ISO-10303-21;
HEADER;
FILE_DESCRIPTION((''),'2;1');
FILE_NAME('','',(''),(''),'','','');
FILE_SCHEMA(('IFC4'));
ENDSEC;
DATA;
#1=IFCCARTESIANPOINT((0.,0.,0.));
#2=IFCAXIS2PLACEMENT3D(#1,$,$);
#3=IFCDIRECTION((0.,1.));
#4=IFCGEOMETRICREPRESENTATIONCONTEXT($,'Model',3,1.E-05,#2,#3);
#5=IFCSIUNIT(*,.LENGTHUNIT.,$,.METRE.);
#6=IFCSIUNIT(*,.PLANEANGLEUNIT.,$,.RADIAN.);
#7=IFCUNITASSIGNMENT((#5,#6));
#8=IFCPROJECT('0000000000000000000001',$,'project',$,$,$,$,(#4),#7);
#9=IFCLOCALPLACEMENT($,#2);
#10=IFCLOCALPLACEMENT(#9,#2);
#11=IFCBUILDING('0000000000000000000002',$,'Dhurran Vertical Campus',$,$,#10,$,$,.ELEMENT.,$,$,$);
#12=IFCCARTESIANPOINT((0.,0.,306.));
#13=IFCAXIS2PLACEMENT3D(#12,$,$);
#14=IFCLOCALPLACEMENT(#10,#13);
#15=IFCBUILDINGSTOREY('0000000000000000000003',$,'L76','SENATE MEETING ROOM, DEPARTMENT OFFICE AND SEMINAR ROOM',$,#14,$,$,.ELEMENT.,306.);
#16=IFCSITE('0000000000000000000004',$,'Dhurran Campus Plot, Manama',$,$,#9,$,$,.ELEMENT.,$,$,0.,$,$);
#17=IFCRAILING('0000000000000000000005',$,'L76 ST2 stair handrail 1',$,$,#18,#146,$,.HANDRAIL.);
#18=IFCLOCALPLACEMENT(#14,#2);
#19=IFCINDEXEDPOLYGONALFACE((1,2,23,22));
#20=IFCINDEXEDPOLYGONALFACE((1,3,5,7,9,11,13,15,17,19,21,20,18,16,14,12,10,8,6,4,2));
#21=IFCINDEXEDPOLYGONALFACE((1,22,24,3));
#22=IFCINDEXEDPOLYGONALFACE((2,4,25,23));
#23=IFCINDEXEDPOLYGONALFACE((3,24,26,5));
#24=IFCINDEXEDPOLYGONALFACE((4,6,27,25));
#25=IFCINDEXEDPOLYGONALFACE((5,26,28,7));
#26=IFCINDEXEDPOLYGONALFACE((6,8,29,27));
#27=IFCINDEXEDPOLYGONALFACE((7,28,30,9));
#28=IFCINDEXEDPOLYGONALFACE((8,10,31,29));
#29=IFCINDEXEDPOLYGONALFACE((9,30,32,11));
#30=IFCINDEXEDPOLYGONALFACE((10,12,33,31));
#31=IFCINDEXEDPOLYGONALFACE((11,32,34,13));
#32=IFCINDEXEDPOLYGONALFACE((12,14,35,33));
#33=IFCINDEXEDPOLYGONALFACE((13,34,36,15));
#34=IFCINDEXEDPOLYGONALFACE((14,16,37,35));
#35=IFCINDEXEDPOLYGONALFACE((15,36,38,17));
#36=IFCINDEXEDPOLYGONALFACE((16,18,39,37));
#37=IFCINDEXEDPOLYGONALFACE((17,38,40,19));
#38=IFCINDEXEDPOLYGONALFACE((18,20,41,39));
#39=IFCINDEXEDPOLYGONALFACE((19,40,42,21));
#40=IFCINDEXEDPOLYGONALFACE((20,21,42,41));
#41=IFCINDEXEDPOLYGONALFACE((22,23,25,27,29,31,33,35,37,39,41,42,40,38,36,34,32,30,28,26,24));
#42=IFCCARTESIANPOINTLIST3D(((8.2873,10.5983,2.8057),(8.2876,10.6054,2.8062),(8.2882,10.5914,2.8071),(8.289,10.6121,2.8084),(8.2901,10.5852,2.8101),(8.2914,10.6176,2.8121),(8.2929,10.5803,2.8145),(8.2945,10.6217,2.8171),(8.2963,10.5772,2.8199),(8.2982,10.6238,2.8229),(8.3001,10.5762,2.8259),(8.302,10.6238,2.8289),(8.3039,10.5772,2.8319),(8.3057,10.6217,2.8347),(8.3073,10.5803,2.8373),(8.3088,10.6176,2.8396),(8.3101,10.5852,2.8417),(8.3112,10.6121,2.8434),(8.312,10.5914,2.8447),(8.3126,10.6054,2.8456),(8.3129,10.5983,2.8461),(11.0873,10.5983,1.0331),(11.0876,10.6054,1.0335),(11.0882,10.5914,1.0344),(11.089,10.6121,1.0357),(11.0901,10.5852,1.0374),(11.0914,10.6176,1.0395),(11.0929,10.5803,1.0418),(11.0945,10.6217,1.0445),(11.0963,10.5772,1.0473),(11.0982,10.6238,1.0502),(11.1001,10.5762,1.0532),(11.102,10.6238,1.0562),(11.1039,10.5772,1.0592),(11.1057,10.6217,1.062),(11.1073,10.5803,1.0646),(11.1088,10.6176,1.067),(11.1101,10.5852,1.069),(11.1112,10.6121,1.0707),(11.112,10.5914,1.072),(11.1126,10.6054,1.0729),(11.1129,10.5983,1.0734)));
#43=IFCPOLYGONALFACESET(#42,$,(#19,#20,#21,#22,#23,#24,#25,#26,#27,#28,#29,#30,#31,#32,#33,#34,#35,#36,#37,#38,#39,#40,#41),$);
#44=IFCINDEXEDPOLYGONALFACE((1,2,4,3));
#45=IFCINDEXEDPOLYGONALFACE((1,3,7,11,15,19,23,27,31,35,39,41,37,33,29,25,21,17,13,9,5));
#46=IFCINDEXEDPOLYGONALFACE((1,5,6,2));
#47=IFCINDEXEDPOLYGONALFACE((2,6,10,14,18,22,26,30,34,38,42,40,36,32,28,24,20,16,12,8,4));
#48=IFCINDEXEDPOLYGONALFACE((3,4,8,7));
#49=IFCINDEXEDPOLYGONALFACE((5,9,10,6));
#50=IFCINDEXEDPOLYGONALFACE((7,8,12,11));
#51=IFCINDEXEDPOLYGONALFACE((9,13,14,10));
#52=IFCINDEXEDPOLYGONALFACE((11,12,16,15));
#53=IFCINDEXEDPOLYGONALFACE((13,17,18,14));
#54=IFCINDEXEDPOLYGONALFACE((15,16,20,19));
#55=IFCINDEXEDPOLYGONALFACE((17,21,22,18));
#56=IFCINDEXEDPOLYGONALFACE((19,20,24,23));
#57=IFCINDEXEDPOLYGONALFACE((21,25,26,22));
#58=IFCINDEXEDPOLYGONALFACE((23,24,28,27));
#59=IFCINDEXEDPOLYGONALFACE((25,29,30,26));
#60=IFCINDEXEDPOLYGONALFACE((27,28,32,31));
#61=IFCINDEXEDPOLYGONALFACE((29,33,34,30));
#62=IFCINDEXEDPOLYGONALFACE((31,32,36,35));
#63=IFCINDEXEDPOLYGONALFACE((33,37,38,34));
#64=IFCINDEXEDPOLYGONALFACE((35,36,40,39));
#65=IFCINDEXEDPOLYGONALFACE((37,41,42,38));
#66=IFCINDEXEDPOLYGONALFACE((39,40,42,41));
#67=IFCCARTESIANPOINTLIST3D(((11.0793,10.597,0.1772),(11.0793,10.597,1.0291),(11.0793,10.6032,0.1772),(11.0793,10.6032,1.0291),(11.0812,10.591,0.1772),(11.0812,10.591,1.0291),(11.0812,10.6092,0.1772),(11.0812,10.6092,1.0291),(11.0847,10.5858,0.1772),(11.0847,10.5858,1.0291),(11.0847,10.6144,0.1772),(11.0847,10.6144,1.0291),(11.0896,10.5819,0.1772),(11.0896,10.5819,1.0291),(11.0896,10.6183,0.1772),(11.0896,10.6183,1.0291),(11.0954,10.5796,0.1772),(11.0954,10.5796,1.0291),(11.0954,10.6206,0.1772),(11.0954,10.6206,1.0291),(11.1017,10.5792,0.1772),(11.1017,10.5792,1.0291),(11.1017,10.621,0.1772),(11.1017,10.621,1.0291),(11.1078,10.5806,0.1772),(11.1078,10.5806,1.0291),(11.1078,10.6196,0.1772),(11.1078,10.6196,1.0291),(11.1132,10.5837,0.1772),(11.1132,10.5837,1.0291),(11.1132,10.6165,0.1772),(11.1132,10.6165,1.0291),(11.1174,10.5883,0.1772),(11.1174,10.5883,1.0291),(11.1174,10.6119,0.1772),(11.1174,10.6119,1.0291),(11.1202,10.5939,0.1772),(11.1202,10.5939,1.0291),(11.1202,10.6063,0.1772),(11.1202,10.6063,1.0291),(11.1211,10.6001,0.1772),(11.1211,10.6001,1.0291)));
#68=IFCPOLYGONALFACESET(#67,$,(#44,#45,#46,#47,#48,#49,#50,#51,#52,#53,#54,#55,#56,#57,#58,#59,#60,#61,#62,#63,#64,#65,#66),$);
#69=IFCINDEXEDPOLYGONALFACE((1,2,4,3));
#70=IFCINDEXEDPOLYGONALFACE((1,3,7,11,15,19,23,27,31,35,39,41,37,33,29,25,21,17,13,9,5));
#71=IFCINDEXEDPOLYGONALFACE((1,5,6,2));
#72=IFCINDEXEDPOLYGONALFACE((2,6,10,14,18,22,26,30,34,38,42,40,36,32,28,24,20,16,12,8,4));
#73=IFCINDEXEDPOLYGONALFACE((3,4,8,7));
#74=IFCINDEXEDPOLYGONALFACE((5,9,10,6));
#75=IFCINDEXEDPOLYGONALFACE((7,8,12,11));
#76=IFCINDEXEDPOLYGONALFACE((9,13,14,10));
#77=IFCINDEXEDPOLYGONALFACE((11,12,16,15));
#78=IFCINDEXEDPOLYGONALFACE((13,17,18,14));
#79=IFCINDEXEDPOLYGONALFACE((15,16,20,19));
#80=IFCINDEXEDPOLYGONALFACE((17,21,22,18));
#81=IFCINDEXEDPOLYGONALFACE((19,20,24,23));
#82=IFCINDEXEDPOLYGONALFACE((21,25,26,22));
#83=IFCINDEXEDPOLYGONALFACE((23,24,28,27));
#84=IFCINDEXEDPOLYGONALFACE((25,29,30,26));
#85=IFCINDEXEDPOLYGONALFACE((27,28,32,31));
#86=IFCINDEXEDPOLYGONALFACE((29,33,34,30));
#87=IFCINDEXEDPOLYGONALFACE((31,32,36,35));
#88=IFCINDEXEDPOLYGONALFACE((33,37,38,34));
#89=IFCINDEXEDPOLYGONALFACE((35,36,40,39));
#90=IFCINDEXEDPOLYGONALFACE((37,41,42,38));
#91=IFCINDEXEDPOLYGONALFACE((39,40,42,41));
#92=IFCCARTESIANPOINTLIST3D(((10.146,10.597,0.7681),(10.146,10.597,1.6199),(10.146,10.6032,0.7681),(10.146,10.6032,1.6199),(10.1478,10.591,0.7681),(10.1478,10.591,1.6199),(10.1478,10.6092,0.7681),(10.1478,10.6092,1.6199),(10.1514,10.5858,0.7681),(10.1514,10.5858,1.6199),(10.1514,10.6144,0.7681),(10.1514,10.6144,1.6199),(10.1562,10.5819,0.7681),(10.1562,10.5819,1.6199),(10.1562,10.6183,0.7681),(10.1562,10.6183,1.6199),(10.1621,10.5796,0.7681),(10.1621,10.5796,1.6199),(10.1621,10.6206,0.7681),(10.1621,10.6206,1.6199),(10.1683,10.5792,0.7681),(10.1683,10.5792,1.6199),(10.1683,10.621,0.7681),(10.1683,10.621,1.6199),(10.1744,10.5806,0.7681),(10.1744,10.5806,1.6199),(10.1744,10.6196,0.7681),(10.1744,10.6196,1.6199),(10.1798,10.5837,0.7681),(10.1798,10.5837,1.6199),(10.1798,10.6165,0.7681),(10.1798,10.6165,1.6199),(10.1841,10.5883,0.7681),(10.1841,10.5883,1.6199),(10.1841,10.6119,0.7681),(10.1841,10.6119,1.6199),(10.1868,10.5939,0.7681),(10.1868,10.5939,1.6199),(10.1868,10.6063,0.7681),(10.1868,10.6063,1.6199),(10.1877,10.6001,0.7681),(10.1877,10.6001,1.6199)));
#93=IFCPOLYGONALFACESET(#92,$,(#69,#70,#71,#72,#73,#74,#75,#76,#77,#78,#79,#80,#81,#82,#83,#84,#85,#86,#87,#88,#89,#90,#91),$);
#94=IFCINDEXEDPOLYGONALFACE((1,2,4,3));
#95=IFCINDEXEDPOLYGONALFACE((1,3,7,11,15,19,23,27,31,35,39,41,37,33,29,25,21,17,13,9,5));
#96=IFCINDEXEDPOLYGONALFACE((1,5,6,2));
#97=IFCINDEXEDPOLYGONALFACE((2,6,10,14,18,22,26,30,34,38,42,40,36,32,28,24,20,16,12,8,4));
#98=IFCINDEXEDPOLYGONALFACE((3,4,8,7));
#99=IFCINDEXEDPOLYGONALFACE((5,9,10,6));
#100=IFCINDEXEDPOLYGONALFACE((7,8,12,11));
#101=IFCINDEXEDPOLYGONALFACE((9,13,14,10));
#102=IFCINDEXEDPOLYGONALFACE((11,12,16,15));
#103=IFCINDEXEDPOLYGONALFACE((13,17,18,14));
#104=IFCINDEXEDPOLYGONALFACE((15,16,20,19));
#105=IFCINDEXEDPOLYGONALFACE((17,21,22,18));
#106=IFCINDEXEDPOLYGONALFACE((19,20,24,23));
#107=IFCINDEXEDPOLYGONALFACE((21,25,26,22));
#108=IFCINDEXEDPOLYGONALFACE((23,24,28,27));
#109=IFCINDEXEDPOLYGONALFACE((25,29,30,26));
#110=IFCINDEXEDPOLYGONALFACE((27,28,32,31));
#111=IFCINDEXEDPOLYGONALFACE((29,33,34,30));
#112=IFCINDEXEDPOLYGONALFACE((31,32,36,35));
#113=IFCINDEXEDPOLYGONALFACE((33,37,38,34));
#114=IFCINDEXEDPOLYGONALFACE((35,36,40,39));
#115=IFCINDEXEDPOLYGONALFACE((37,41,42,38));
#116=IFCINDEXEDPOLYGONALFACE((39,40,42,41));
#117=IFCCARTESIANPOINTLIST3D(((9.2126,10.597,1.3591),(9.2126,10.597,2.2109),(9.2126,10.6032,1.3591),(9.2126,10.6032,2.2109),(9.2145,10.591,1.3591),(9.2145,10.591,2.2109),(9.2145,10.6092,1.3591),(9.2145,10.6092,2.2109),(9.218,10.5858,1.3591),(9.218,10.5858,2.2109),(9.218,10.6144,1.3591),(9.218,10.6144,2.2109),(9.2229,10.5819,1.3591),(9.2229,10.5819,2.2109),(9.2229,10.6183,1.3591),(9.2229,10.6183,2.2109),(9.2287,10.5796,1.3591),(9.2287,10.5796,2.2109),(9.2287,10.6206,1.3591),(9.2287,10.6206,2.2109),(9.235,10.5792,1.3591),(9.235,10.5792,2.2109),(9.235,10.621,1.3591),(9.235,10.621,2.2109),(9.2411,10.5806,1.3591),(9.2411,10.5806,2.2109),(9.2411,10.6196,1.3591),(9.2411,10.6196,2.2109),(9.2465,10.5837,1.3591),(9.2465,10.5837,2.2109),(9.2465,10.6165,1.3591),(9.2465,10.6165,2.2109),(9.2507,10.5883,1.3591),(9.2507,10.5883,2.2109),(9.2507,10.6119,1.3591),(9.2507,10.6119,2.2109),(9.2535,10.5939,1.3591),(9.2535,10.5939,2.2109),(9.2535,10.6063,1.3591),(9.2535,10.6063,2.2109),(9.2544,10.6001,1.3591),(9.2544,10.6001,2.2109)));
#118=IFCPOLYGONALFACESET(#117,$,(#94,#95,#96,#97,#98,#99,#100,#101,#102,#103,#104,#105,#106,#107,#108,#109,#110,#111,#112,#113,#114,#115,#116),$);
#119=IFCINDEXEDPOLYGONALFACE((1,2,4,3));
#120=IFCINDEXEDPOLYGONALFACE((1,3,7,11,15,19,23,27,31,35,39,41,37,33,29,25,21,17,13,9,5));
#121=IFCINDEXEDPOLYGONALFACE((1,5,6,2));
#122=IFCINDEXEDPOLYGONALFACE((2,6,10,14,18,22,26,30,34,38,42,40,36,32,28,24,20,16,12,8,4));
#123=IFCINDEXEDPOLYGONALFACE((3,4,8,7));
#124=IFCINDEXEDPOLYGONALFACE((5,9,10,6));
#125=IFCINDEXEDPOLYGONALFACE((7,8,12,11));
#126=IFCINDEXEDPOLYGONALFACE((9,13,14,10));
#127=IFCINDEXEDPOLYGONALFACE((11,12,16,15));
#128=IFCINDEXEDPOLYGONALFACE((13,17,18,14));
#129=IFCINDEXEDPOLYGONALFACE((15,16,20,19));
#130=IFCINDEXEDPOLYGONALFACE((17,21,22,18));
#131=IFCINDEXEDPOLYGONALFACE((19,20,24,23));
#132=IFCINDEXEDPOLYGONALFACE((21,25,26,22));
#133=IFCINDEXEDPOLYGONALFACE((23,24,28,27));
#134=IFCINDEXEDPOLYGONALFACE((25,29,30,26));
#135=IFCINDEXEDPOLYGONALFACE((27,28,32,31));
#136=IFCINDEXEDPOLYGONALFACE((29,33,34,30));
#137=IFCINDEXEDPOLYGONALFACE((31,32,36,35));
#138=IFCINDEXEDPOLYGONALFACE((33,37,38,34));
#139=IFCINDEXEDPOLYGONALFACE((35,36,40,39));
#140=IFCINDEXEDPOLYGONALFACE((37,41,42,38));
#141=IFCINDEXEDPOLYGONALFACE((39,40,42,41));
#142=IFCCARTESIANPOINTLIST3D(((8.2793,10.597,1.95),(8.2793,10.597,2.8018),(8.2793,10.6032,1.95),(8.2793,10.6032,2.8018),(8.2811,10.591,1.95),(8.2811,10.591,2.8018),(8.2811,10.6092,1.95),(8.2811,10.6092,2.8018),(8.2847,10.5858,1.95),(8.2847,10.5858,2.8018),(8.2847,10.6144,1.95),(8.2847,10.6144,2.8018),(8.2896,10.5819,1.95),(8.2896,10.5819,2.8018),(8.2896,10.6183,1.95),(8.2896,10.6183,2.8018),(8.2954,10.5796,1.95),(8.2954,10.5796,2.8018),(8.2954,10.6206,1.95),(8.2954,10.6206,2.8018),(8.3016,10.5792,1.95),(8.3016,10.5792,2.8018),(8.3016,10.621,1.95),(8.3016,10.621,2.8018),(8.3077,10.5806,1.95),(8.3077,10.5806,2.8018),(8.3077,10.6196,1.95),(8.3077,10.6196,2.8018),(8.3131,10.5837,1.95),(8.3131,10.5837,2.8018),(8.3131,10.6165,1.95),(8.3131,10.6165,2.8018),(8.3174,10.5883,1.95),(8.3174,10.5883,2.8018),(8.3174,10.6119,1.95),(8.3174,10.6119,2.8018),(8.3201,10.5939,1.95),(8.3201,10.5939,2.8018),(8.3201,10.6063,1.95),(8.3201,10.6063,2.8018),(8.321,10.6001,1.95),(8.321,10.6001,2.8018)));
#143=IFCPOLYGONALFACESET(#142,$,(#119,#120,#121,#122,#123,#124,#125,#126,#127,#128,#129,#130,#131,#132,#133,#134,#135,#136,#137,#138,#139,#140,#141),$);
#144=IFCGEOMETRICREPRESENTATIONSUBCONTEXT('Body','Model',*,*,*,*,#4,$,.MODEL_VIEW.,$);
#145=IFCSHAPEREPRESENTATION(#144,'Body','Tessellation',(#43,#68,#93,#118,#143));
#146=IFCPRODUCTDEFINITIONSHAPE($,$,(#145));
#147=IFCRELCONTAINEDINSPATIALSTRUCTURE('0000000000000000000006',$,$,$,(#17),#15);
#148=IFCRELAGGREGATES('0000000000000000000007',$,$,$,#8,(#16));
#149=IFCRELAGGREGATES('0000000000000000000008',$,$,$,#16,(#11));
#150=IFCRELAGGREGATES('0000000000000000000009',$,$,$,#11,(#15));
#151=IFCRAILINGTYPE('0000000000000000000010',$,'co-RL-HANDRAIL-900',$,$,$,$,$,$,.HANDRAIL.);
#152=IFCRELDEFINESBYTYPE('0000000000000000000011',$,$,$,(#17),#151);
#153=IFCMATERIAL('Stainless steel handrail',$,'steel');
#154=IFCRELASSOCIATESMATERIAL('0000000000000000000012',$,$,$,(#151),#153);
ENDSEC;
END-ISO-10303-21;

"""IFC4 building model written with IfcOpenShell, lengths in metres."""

from ifc_helpers import new_model, si_unit, direction, frame, origin, origin_2d, place, context, subcontext, project, spatial, circle, extrude, material, type_object, element, save


model = new_model("IFC4")

# Units and contexts
model_context = context("Model", 3, precision=1e-05, world=origin(), true_north=direction((0.0, 1.0)))
body_context = subcontext(model_context, "Body", "Model", "MODEL_VIEW")
ifc_project = project(units=[si_unit("LENGTHUNIT", "METRE"), si_unit("PLANEANGLEUNIT", "RADIAN")], contexts=[model_context])

# Site, building, storey
site_placement = place(None, origin())
site = spatial("IfcSite", under=ifc_project, at=site_placement, Name="Dhurran Campus Plot, Manama", CompositionType="ELEMENT", RefElevation=0.0)
building_placement = place(site_placement, origin())
building = spatial("IfcBuilding", under=site, at=building_placement, Name="Dhurran Vertical Campus", CompositionType="ELEMENT")
storey_placement = place(building_placement, frame((0.0, 0.0, 306.0)))
storey = spatial("IfcBuildingStorey", under=building, at=storey_placement, Name="L76", Description="SENATE MEETING ROOM, DEPARTMENT OFFICE AND SEMINAR ROOM", CompositionType="ELEMENT", Elevation=306.0)

# Railing
ifc_material_1 = material(Name="Stainless steel handrail", Category="steel")
railing_type_1 = type_object("IfcRailingType", Name="co-RL-HANDRAIL-900", PredefinedType="HANDRAIL", material=ifc_material_1)
railing_1_placement = place(storey_placement, frame((11.1001, 10.6001, 0.1772)))
element("IfcRailing", 1, at=railing_1_placement, inside=storey, type_object=railing_type_1, Name="L76 ST2 stair handrail 1", PredefinedType="HANDRAIL", context=body_context, shape_type="SweptSolid", body=[
    extrude(circle(Radius=0.0239, at=origin_2d()), frame((0.0, 0.0, 0.876), z_axis=(-0.844909, 0.0, 0.53491), x_axis=(0.0, -1.0, 0.0)), (0.0, 0.0, 1.0), 3.314),
    extrude(circle(Radius=0.021, at=origin_2d()), origin(), (0.0, 0.0, 1.0), 0.8518),
    extrude(circle(Radius=0.021, at=origin_2d()), frame((-0.9333, 0.0, 0.5908)), (0.0, 0.0, 1.0), 0.8518),
    extrude(circle(Radius=0.021, at=origin_2d()), frame((-1.8667, 0.0, 1.1819)), (0.0, 0.0, 1.0), 0.8518),
    extrude(circle(Radius=0.021, at=origin_2d()), frame((-2.8, 0.0, 1.7727)), (0.0, 0.0, 1.0), 0.8518),
])

save(model, "model.ifc")
